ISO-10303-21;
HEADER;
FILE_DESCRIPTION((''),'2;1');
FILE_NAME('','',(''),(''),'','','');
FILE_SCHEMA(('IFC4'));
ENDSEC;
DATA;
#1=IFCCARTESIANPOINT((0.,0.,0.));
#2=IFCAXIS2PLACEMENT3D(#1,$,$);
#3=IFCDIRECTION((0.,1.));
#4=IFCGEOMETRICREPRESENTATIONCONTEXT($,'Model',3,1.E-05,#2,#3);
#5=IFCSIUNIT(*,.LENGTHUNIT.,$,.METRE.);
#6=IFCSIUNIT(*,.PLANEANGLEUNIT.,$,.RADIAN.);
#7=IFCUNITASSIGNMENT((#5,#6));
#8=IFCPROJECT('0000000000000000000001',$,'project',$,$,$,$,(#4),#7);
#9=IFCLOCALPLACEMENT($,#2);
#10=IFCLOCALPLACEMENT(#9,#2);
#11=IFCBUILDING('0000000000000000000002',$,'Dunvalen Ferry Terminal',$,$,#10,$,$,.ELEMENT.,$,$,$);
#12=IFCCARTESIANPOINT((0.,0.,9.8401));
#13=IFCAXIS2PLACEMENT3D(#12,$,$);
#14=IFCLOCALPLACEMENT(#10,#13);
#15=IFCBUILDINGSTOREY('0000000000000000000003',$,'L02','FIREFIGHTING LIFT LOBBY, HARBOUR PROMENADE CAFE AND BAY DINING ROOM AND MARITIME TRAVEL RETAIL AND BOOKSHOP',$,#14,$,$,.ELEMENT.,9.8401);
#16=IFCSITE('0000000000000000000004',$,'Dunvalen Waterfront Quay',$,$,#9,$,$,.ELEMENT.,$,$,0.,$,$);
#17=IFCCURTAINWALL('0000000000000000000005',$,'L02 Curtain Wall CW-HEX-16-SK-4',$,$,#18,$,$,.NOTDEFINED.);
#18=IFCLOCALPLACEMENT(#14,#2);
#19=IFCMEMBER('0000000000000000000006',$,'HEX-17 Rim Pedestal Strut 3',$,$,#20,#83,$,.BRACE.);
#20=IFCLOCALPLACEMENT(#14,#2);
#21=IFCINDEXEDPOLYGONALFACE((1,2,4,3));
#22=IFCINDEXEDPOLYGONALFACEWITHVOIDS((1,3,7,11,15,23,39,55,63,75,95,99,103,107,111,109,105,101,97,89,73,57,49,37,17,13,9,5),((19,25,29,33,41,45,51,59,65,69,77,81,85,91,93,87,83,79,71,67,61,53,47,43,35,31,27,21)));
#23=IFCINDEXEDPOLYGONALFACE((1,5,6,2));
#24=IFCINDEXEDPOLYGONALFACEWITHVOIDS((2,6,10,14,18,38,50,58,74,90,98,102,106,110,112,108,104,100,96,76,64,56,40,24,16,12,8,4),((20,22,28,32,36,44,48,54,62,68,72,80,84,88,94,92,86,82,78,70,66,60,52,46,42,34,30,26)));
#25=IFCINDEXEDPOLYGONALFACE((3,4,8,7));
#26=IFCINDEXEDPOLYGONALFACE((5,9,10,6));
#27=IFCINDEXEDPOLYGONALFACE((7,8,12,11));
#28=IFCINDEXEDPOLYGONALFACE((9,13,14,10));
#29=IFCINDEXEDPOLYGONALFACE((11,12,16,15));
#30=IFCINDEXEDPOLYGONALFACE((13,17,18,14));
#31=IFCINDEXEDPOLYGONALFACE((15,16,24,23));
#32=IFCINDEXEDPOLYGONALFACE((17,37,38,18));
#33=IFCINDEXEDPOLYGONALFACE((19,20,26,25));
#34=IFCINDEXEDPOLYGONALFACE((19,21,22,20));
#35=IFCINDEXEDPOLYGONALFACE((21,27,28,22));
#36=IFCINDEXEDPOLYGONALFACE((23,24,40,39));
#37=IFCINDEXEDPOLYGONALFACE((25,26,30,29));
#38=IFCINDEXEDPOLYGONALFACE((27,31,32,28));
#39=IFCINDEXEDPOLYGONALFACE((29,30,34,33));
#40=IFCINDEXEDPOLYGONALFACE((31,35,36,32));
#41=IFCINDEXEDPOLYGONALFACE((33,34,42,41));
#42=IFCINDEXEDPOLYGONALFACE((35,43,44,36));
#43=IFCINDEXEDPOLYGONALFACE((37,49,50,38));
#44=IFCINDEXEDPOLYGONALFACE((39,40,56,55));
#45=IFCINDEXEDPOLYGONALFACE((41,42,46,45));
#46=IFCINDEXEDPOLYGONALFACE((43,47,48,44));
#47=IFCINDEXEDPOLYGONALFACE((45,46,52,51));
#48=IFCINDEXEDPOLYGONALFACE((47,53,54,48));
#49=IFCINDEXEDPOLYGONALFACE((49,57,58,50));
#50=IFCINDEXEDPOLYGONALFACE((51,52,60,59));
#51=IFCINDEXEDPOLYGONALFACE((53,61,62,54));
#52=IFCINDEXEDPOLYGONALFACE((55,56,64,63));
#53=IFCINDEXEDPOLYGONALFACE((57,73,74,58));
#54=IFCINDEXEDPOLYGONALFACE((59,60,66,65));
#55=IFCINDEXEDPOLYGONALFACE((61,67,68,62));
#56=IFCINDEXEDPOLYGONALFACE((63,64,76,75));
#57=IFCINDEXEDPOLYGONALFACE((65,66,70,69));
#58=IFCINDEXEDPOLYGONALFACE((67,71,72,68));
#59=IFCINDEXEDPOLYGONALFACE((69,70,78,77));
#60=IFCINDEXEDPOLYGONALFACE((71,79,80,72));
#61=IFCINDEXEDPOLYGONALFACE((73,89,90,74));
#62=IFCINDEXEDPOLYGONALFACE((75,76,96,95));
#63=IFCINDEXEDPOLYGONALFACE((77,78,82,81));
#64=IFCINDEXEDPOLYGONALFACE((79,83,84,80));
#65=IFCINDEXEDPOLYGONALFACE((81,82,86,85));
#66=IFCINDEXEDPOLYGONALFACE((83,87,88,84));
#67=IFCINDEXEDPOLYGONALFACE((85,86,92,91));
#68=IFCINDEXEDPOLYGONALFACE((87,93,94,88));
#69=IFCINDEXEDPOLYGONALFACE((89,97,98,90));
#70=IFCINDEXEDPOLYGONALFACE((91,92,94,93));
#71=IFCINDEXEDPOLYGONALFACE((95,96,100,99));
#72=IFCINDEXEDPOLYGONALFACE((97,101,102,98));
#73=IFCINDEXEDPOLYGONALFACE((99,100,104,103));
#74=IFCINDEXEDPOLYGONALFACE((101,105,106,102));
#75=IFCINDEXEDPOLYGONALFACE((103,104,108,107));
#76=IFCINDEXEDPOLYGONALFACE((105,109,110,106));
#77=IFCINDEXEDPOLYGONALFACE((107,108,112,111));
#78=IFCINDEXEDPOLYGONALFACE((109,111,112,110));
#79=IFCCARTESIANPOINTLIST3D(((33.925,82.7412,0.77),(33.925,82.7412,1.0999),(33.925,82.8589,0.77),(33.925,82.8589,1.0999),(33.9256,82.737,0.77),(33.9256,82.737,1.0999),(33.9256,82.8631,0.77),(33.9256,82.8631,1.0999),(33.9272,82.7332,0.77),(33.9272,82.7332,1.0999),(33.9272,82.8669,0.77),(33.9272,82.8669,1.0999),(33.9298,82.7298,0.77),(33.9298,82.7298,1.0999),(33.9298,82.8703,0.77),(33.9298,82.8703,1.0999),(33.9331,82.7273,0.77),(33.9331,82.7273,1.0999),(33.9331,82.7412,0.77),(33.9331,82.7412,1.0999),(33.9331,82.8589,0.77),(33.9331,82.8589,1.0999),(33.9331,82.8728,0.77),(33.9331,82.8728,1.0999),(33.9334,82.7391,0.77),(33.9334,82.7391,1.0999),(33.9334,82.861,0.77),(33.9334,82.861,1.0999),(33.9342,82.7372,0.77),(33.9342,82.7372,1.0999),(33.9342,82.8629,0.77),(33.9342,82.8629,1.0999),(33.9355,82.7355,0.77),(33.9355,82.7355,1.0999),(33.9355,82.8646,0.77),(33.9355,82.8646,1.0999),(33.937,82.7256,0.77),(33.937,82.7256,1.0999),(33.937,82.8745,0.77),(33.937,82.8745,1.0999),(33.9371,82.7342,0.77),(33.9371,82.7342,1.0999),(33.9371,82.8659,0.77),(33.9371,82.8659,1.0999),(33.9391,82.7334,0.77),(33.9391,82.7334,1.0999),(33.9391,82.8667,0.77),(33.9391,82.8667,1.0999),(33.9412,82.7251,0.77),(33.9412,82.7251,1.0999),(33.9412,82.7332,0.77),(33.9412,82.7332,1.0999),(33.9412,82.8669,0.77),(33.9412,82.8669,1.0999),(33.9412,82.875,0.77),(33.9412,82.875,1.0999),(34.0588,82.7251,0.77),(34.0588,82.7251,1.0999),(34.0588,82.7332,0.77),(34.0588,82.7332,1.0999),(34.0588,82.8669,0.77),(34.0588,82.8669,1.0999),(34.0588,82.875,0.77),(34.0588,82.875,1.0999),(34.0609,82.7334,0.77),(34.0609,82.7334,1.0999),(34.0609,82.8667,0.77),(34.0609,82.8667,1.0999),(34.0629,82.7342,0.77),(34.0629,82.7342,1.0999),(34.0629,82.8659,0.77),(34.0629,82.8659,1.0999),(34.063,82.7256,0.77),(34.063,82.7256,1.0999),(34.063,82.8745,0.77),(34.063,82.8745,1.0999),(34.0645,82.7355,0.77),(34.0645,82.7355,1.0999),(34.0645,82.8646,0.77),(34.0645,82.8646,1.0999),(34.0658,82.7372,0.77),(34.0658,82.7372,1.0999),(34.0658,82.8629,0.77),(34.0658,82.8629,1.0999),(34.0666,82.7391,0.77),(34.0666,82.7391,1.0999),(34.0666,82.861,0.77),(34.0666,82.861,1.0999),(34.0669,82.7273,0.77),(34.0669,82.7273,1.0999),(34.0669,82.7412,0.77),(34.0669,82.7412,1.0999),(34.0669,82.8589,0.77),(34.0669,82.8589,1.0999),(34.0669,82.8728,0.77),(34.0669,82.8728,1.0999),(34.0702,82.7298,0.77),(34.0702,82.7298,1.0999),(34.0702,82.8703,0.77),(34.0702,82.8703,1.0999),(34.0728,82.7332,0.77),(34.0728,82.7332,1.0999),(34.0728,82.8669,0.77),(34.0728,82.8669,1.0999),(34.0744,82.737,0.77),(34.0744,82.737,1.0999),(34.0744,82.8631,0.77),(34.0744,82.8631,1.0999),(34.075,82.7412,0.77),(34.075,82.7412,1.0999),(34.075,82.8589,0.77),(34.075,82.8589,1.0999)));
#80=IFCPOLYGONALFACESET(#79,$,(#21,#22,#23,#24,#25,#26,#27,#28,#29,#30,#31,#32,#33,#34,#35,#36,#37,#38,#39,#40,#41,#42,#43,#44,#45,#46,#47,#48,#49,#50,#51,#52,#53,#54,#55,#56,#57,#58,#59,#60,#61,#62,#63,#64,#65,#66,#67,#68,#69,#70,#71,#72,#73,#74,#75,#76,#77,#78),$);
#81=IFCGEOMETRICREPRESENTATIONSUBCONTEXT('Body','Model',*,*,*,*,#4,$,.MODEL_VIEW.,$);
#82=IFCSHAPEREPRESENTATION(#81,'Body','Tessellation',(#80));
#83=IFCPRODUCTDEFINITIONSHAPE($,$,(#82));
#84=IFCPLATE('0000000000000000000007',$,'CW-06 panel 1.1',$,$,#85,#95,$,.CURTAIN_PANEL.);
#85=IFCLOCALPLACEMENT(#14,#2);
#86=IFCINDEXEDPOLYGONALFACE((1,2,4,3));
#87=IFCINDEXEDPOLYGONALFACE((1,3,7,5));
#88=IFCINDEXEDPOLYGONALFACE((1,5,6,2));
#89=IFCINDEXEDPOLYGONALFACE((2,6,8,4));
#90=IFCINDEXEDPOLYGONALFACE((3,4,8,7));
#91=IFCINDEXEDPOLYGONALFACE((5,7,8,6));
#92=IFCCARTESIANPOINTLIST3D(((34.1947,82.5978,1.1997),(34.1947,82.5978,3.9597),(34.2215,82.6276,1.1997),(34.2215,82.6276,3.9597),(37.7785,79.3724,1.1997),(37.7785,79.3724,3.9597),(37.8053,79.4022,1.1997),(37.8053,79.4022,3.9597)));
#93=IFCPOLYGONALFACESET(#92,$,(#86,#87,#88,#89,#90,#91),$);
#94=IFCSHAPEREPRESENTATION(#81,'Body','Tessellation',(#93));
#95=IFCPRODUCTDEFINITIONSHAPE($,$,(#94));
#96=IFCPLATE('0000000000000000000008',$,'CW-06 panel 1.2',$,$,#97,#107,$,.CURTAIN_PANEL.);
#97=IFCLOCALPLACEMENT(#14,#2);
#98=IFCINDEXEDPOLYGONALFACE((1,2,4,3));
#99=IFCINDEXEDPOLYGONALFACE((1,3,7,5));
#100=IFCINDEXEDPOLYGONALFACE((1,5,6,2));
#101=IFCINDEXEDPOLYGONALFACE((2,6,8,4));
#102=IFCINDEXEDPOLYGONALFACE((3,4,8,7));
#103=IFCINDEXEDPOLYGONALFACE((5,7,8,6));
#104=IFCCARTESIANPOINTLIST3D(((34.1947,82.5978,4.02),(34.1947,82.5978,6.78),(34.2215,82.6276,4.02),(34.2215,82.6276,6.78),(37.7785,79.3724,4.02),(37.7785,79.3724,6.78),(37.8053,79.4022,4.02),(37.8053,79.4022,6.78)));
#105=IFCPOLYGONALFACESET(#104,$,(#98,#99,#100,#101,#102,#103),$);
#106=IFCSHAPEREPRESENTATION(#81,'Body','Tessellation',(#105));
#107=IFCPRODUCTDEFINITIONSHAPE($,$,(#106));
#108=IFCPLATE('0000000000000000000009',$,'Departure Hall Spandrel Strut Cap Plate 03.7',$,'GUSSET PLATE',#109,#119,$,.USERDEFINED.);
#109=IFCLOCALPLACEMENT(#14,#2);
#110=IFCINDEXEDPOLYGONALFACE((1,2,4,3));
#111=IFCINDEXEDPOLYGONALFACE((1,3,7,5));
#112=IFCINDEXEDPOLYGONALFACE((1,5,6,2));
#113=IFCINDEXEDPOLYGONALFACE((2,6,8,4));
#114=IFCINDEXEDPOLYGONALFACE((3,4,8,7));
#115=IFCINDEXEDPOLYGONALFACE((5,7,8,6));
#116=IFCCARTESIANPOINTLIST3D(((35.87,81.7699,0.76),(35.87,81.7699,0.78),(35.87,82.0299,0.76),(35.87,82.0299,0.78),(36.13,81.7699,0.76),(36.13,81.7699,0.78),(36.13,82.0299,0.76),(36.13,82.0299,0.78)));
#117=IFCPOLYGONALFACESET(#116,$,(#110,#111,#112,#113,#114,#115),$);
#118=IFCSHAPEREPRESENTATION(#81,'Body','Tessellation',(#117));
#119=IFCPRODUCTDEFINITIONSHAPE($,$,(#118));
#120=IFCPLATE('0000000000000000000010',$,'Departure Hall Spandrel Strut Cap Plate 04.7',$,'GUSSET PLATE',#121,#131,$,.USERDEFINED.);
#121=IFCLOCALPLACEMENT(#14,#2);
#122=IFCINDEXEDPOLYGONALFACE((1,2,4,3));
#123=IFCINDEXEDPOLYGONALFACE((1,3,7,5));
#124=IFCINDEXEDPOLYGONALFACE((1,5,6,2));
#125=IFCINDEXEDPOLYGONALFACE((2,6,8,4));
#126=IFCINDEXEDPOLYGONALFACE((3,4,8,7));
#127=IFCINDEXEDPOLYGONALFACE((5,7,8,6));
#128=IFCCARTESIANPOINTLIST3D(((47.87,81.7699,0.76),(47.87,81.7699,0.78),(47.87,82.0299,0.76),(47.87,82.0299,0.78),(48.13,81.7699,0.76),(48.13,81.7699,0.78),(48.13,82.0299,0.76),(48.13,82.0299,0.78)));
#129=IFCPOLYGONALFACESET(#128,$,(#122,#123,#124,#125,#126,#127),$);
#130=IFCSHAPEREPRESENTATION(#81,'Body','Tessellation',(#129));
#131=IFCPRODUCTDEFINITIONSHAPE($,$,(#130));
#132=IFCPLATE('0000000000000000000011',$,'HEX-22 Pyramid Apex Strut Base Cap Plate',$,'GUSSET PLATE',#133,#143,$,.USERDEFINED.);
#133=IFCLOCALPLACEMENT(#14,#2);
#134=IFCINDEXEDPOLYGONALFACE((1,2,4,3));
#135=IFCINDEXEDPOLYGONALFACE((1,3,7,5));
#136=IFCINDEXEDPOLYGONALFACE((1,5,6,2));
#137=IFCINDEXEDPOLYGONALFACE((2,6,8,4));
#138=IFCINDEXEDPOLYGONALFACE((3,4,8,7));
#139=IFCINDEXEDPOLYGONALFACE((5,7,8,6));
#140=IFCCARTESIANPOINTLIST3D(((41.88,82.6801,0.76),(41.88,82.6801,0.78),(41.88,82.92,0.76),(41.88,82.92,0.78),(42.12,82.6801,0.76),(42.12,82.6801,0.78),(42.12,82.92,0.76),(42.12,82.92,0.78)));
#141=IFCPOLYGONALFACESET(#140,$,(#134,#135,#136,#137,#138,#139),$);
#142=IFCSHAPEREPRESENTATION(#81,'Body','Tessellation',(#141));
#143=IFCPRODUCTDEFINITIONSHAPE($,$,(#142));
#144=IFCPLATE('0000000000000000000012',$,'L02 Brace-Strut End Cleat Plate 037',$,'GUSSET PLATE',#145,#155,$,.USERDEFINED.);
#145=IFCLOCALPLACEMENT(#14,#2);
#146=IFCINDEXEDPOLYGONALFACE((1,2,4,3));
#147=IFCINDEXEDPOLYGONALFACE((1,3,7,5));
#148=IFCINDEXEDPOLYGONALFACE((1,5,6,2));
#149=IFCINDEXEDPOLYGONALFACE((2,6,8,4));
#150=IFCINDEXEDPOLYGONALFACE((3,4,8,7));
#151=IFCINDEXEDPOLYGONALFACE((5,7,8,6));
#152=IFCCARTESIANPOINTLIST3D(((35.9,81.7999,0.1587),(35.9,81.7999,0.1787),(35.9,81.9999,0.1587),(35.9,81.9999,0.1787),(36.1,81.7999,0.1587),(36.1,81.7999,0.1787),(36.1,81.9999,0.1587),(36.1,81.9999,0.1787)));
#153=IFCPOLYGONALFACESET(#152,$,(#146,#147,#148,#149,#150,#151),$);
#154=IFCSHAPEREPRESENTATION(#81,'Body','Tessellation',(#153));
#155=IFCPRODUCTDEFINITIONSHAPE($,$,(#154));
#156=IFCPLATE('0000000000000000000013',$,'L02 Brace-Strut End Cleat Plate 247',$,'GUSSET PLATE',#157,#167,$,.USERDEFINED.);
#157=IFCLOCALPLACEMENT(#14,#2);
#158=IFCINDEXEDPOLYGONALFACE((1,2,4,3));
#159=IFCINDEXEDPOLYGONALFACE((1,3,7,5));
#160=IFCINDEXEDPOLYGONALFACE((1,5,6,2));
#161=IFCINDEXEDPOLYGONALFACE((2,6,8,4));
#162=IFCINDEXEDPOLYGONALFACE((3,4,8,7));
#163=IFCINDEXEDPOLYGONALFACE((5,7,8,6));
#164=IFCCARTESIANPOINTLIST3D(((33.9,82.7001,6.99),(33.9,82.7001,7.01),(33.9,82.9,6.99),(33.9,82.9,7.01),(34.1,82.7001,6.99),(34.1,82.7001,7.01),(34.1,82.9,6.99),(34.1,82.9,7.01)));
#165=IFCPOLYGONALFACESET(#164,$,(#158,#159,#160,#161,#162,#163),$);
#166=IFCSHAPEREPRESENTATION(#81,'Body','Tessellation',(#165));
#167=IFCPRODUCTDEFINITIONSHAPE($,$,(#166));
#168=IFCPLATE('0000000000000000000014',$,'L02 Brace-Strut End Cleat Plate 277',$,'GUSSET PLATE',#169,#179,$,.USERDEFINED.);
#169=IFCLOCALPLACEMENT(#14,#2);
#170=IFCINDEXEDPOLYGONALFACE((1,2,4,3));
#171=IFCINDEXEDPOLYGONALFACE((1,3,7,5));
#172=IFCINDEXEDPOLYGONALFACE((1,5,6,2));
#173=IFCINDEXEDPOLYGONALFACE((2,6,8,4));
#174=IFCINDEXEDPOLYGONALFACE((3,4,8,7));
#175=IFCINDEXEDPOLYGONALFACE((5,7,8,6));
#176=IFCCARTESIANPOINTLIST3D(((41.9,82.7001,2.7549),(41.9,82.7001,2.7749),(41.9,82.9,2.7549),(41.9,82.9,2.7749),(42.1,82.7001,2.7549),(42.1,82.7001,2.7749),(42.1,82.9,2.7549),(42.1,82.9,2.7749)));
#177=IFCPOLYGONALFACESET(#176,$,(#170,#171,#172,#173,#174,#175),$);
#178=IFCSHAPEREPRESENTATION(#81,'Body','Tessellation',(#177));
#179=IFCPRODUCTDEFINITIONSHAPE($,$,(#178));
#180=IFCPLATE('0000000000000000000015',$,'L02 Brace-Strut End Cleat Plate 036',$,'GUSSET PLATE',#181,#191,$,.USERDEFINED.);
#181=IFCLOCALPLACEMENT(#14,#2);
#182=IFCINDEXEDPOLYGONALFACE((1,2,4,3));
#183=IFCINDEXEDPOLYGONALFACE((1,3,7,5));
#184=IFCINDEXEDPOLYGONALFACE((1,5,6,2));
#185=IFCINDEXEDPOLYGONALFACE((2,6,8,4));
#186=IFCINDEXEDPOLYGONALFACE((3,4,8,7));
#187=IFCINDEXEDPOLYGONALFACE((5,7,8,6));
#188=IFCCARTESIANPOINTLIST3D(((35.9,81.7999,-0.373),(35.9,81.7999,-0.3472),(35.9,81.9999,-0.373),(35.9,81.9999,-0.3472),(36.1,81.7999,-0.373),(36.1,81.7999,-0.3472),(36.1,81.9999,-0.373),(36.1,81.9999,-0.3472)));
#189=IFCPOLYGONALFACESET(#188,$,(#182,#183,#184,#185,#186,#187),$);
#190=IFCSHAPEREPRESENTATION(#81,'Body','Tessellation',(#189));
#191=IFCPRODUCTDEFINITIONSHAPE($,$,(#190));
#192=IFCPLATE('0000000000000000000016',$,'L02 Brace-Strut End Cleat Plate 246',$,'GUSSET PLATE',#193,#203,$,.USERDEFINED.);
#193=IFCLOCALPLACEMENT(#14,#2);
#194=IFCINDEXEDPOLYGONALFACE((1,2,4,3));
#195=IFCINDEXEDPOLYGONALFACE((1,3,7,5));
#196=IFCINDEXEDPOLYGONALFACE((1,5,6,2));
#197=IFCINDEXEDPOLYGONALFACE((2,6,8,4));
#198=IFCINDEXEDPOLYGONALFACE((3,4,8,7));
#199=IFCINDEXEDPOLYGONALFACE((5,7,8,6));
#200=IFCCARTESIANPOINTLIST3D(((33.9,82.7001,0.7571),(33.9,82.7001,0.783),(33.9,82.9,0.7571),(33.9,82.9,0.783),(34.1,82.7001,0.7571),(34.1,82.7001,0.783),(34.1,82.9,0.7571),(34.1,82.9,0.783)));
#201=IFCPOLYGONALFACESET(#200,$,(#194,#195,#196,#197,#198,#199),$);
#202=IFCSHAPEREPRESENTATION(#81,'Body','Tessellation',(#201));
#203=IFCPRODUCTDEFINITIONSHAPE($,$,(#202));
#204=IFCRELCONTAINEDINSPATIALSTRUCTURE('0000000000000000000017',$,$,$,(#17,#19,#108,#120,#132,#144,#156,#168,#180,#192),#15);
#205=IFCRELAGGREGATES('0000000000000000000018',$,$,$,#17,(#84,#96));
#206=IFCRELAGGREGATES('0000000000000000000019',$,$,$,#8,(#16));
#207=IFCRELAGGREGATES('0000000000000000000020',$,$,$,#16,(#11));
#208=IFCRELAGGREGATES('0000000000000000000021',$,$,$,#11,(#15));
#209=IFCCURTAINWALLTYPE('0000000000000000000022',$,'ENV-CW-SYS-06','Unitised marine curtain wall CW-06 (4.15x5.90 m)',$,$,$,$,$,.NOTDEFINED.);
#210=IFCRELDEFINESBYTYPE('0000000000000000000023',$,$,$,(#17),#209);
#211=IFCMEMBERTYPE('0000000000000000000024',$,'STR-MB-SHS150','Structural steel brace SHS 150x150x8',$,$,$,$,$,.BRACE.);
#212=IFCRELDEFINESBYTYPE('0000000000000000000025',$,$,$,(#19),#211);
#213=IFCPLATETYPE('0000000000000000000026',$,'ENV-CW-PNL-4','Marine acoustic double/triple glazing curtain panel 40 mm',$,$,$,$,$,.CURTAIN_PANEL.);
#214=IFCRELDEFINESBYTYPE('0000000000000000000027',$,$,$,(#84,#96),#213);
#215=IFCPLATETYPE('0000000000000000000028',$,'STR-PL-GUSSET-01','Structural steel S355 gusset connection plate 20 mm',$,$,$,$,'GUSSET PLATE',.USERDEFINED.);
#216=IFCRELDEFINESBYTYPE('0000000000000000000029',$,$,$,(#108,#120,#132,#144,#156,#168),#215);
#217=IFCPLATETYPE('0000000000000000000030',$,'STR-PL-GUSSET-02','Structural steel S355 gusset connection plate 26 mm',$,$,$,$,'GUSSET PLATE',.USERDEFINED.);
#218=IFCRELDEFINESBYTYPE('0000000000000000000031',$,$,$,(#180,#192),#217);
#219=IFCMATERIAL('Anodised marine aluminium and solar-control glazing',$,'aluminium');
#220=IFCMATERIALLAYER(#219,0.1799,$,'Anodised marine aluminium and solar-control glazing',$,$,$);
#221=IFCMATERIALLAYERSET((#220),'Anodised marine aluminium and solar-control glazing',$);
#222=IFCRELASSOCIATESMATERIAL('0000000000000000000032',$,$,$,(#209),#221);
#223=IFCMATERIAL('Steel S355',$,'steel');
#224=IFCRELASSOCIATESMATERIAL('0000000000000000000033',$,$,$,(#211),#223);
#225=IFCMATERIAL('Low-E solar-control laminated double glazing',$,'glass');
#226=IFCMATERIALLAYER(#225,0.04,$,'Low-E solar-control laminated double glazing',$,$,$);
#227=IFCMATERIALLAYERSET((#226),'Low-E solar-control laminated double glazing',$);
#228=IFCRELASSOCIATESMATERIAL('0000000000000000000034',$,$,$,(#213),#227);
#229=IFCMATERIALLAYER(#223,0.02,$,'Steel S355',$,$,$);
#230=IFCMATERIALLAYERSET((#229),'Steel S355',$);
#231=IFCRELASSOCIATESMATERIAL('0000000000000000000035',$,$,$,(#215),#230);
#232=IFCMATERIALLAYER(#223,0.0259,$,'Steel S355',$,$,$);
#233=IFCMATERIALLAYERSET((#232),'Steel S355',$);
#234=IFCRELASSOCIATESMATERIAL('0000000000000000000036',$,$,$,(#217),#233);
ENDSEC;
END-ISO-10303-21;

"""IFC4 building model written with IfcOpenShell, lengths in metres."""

from ifc_helpers import new_model, si_unit, direction, frame, origin, origin_2d, place, context, subcontext, project, spatial, rectangle, hollow_rectangle, extrude, material, layer, layer_set, material_profile, profile_set, type_object, element, aggregate, save


model = new_model("IFC4")

# Units and contexts
model_context = context("Model", 3, precision=1e-05, world=origin(), true_north=direction((0.0, 1.0)))
body_context = subcontext(model_context, "Body", "Model", "MODEL_VIEW")
ifc_project = project(units=[si_unit("LENGTHUNIT", "METRE"), si_unit("PLANEANGLEUNIT", "RADIAN")], contexts=[model_context])

# Site, building, storey
site_placement = place(None, origin())
site = spatial("IfcSite", under=ifc_project, at=site_placement, Name="Dunvalen Waterfront Quay", CompositionType="ELEMENT", RefElevation=0.0)
building_placement = place(site_placement, origin())
building = spatial("IfcBuilding", under=site, at=building_placement, Name="Dunvalen Ferry Terminal", CompositionType="ELEMENT")
storey_placement = place(building_placement, frame((0.0, 0.0, 9.8401)))
storey = spatial("IfcBuildingStorey", under=building, at=storey_placement, Name="L02", Description="FIREFIGHTING LIFT LOBBY, HARBOUR PROMENADE CAFE AND BAY DINING ROOM AND MARITIME TRAVEL RETAIL AND BOOKSHOP", CompositionType="ELEMENT", Elevation=9.8401)

# Curtain wall
ifc_material_1 = material(Name="Anodised marine aluminium and solar-control glazing", Category="aluminium")
ifc_layer_1 = layer(ifc_material_1, 0.1799, Name="Anodised marine aluminium and solar-control glazing")
ifc_layer_set_1 = layer_set([ifc_layer_1], Name="Anodised marine aluminium and solar-control glazing")
curtain_wall_type = type_object("IfcCurtainWallType", Name="ENV-CW-SYS-06", Description="Unitised marine curtain wall CW-06 (4.15x5.90 m)", PredefinedType="NOTDEFINED", material=ifc_layer_set_1)
curtain_wall_placement = place(storey_placement, origin())
curtain_wall = element("IfcCurtainWall", 1, at=curtain_wall_placement, inside=storey, type_object=curtain_wall_type, Name="L02 Curtain Wall CW-HEX-16-SK-4", PredefinedType="NOTDEFINED")

# Shared definitions
ifc_material_2 = material(Name="Steel S355", Category="steel")

# Member
ifc_material_profile_1 = material_profile(ifc_material_2, hollow_rectangle(XDim=0.1499, YDim=0.1499, WallThickness=0.0081, InnerFilletRadius=0.0081, OuterFilletRadius=0.0161, at=origin_2d()), Name="Steel S355")
ifc_profile_set_1 = profile_set([ifc_material_profile_1], Name="Steel S355")
member_type_1 = type_object("IfcMemberType", Name="STR-MB-SHS150", Description="Structural steel brace SHS 150x150x8", PredefinedType="BRACE", material=ifc_profile_set_1)
member_1_placement = place(storey_placement, frame((34.0, 82.8, 0.77), z_axis=(0.0, 0.0, 1.0), x_axis=(1.0, 0.0, 0.0)))
element("IfcMember", 2, at=member_1_placement, inside=storey, type_object=member_type_1, Name="HEX-17 Rim Pedestal Strut 3", PredefinedType="BRACE", context=body_context, shape_type="SweptSolid", body=[
    extrude(hollow_rectangle(XDim=0.1499, YDim=0.1499, WallThickness=0.0081, InnerFilletRadius=0.0081, OuterFilletRadius=0.0161, at=origin_2d()), origin(), (0.0, 0.0, 1.0), 0.3298),
])

# Plates
ifc_material_3 = material(Name="Low-E solar-control laminated double glazing", Category="glass")
ifc_layer_2 = layer(ifc_material_3, 0.04, Name="Low-E solar-control laminated double glazing")
ifc_layer_set_2 = layer_set([ifc_layer_2], Name="Low-E solar-control laminated double glazing")
plate_type_1 = type_object("IfcPlateType", Name="ENV-CW-PNL-4", Description="Marine acoustic double/triple glazing curtain panel 40 mm", PredefinedType="CURTAIN_PANEL", material=ifc_layer_set_2)
plate_1_placement = place(storey_placement, frame((36.0, 81.0, 1.1997), z_axis=(0.0, 0.0, 1.0), x_axis=(-0.743304, 0.668954, 0.0)))
plate_1 = element("IfcPlate", 3, at=plate_1_placement, type_object=plate_type_1, Name="CW-06 panel 1.1", PredefinedType="CURTAIN_PANEL", context=body_context, shape_type="SweptSolid", body=[
    extrude(rectangle(XDim=4.8215, YDim=0.04, at=origin_2d()), origin(), (0.0, 0.0, 1.0), 2.76),
])
plate_2_placement = place(storey_placement, frame((36.0, 81.0, 4.02), z_axis=(0.0, 0.0, 1.0), x_axis=(-0.743304, 0.668954, 0.0)))
plate_2 = element("IfcPlate", 4, at=plate_2_placement, type_object=plate_type_1, Name="CW-06 panel 1.2", PredefinedType="CURTAIN_PANEL", context=body_context, shape_type="SweptSolid", body=[
    extrude(rectangle(XDim=4.8215, YDim=0.04, at=origin_2d()), origin(), (0.0, 0.0, 1.0), 2.76),
])
aggregate(curtain_wall, [plate_1, plate_2])

# Plates
ifc_layer_3 = layer(ifc_material_2, 0.02, Name="Steel S355")
ifc_layer_set_3 = layer_set([ifc_layer_3], Name="Steel S355")
plate_type_2 = type_object("IfcPlateType", Name="STR-PL-GUSSET-01", Description="Structural steel S355 gusset connection plate 20 mm", ElementType="GUSSET PLATE", PredefinedType="USERDEFINED", material=ifc_layer_set_3)
for number, where, z_axis, x_axis, name in (
    (5, (36.0, 81.8999, 0.76), (0.0, 0.0, 1.0), (1.0, 0.0, 0.0), "Departure Hall Spandrel Strut Cap Plate 03.7"),
    (6, (48.0, 81.8999, 0.76), (0.0, 0.0, 1.0), (1.0, 0.0, 0.0), "Departure Hall Spandrel Strut Cap Plate 04.7"),
):
    element("IfcPlate", number, at=place(storey_placement, frame(where, z_axis=z_axis, x_axis=x_axis)), inside=storey, type_object=plate_type_2, Name=name, ObjectType="GUSSET PLATE", PredefinedType="USERDEFINED", context=body_context, shape_type="SweptSolid", body=[
        extrude(rectangle(XDim=0.26, YDim=0.26, at=origin_2d()), origin(), (0.0, 0.0, 1.0), 0.02),
    ])
plate_3_placement = place(storey_placement, frame((42.0, 82.8, 0.76), z_axis=(0.0, 0.0, 1.0), x_axis=(1.0, 0.0, 0.0)))
element("IfcPlate", 7, at=plate_3_placement, inside=storey, type_object=plate_type_2, Name="HEX-22 Pyramid Apex Strut Base Cap Plate", ObjectType="GUSSET PLATE", PredefinedType="USERDEFINED", context=body_context, shape_type="SweptSolid", body=[
    extrude(rectangle(XDim=0.24, YDim=0.24, at=origin_2d()), origin(), (0.0, 0.0, 1.0), 0.02),
])
for number, where, z_axis, x_axis, name in (
    (8, (36.0, 81.8999, 0.1587), (0.0, 0.0, 1.0), (1.0, 0.0, 0.0), "L02 Brace-Strut End Cleat Plate 037"),
    (9, (34.0, 82.8, 6.99), (0.0, 0.0, 1.0), (1.0, 0.0, 0.0), "L02 Brace-Strut End Cleat Plate 247"),
    (10, (42.0, 82.8, 2.7549), (0.0, 0.0, 1.0), (1.0, 0.0, 0.0), "L02 Brace-Strut End Cleat Plate 277"),
):
    element("IfcPlate", number, at=place(storey_placement, frame(where, z_axis=z_axis, x_axis=x_axis)), inside=storey, type_object=plate_type_2, Name=name, ObjectType="GUSSET PLATE", PredefinedType="USERDEFINED", context=body_context, shape_type="SweptSolid", body=[
        extrude(rectangle(XDim=0.2, YDim=0.2, at=origin_2d()), origin(), (0.0, 0.0, 1.0), 0.02),
    ])
ifc_layer_4 = layer(ifc_material_2, 0.0259, Name="Steel S355")
ifc_layer_set_4 = layer_set([ifc_layer_4], Name="Steel S355")
plate_type_3 = type_object("IfcPlateType", Name="STR-PL-GUSSET-02", Description="Structural steel S355 gusset connection plate 26 mm", ElementType="GUSSET PLATE", PredefinedType="USERDEFINED", material=ifc_layer_set_4)
for number, where, z_axis, x_axis, name in (
    (11, (36.0, 81.8999, -0.373), (0.0, 0.0, 1.0), (1.0, 0.0, 0.0), "L02 Brace-Strut End Cleat Plate 036"),
    (12, (34.0, 82.8, 0.7571), (0.0, 0.0, 1.0), (1.0, 0.0, 0.0), "L02 Brace-Strut End Cleat Plate 246"),
):
    element("IfcPlate", number, at=place(storey_placement, frame(where, z_axis=z_axis, x_axis=x_axis)), inside=storey, type_object=plate_type_3, Name=name, ObjectType="GUSSET PLATE", PredefinedType="USERDEFINED", context=body_context, shape_type="SweptSolid", body=[
        extrude(rectangle(XDim=0.2, YDim=0.2, at=origin_2d()), origin(), (0.0, 0.0, 1.0), 0.0259),
    ])

save(model, "model.ifc")
